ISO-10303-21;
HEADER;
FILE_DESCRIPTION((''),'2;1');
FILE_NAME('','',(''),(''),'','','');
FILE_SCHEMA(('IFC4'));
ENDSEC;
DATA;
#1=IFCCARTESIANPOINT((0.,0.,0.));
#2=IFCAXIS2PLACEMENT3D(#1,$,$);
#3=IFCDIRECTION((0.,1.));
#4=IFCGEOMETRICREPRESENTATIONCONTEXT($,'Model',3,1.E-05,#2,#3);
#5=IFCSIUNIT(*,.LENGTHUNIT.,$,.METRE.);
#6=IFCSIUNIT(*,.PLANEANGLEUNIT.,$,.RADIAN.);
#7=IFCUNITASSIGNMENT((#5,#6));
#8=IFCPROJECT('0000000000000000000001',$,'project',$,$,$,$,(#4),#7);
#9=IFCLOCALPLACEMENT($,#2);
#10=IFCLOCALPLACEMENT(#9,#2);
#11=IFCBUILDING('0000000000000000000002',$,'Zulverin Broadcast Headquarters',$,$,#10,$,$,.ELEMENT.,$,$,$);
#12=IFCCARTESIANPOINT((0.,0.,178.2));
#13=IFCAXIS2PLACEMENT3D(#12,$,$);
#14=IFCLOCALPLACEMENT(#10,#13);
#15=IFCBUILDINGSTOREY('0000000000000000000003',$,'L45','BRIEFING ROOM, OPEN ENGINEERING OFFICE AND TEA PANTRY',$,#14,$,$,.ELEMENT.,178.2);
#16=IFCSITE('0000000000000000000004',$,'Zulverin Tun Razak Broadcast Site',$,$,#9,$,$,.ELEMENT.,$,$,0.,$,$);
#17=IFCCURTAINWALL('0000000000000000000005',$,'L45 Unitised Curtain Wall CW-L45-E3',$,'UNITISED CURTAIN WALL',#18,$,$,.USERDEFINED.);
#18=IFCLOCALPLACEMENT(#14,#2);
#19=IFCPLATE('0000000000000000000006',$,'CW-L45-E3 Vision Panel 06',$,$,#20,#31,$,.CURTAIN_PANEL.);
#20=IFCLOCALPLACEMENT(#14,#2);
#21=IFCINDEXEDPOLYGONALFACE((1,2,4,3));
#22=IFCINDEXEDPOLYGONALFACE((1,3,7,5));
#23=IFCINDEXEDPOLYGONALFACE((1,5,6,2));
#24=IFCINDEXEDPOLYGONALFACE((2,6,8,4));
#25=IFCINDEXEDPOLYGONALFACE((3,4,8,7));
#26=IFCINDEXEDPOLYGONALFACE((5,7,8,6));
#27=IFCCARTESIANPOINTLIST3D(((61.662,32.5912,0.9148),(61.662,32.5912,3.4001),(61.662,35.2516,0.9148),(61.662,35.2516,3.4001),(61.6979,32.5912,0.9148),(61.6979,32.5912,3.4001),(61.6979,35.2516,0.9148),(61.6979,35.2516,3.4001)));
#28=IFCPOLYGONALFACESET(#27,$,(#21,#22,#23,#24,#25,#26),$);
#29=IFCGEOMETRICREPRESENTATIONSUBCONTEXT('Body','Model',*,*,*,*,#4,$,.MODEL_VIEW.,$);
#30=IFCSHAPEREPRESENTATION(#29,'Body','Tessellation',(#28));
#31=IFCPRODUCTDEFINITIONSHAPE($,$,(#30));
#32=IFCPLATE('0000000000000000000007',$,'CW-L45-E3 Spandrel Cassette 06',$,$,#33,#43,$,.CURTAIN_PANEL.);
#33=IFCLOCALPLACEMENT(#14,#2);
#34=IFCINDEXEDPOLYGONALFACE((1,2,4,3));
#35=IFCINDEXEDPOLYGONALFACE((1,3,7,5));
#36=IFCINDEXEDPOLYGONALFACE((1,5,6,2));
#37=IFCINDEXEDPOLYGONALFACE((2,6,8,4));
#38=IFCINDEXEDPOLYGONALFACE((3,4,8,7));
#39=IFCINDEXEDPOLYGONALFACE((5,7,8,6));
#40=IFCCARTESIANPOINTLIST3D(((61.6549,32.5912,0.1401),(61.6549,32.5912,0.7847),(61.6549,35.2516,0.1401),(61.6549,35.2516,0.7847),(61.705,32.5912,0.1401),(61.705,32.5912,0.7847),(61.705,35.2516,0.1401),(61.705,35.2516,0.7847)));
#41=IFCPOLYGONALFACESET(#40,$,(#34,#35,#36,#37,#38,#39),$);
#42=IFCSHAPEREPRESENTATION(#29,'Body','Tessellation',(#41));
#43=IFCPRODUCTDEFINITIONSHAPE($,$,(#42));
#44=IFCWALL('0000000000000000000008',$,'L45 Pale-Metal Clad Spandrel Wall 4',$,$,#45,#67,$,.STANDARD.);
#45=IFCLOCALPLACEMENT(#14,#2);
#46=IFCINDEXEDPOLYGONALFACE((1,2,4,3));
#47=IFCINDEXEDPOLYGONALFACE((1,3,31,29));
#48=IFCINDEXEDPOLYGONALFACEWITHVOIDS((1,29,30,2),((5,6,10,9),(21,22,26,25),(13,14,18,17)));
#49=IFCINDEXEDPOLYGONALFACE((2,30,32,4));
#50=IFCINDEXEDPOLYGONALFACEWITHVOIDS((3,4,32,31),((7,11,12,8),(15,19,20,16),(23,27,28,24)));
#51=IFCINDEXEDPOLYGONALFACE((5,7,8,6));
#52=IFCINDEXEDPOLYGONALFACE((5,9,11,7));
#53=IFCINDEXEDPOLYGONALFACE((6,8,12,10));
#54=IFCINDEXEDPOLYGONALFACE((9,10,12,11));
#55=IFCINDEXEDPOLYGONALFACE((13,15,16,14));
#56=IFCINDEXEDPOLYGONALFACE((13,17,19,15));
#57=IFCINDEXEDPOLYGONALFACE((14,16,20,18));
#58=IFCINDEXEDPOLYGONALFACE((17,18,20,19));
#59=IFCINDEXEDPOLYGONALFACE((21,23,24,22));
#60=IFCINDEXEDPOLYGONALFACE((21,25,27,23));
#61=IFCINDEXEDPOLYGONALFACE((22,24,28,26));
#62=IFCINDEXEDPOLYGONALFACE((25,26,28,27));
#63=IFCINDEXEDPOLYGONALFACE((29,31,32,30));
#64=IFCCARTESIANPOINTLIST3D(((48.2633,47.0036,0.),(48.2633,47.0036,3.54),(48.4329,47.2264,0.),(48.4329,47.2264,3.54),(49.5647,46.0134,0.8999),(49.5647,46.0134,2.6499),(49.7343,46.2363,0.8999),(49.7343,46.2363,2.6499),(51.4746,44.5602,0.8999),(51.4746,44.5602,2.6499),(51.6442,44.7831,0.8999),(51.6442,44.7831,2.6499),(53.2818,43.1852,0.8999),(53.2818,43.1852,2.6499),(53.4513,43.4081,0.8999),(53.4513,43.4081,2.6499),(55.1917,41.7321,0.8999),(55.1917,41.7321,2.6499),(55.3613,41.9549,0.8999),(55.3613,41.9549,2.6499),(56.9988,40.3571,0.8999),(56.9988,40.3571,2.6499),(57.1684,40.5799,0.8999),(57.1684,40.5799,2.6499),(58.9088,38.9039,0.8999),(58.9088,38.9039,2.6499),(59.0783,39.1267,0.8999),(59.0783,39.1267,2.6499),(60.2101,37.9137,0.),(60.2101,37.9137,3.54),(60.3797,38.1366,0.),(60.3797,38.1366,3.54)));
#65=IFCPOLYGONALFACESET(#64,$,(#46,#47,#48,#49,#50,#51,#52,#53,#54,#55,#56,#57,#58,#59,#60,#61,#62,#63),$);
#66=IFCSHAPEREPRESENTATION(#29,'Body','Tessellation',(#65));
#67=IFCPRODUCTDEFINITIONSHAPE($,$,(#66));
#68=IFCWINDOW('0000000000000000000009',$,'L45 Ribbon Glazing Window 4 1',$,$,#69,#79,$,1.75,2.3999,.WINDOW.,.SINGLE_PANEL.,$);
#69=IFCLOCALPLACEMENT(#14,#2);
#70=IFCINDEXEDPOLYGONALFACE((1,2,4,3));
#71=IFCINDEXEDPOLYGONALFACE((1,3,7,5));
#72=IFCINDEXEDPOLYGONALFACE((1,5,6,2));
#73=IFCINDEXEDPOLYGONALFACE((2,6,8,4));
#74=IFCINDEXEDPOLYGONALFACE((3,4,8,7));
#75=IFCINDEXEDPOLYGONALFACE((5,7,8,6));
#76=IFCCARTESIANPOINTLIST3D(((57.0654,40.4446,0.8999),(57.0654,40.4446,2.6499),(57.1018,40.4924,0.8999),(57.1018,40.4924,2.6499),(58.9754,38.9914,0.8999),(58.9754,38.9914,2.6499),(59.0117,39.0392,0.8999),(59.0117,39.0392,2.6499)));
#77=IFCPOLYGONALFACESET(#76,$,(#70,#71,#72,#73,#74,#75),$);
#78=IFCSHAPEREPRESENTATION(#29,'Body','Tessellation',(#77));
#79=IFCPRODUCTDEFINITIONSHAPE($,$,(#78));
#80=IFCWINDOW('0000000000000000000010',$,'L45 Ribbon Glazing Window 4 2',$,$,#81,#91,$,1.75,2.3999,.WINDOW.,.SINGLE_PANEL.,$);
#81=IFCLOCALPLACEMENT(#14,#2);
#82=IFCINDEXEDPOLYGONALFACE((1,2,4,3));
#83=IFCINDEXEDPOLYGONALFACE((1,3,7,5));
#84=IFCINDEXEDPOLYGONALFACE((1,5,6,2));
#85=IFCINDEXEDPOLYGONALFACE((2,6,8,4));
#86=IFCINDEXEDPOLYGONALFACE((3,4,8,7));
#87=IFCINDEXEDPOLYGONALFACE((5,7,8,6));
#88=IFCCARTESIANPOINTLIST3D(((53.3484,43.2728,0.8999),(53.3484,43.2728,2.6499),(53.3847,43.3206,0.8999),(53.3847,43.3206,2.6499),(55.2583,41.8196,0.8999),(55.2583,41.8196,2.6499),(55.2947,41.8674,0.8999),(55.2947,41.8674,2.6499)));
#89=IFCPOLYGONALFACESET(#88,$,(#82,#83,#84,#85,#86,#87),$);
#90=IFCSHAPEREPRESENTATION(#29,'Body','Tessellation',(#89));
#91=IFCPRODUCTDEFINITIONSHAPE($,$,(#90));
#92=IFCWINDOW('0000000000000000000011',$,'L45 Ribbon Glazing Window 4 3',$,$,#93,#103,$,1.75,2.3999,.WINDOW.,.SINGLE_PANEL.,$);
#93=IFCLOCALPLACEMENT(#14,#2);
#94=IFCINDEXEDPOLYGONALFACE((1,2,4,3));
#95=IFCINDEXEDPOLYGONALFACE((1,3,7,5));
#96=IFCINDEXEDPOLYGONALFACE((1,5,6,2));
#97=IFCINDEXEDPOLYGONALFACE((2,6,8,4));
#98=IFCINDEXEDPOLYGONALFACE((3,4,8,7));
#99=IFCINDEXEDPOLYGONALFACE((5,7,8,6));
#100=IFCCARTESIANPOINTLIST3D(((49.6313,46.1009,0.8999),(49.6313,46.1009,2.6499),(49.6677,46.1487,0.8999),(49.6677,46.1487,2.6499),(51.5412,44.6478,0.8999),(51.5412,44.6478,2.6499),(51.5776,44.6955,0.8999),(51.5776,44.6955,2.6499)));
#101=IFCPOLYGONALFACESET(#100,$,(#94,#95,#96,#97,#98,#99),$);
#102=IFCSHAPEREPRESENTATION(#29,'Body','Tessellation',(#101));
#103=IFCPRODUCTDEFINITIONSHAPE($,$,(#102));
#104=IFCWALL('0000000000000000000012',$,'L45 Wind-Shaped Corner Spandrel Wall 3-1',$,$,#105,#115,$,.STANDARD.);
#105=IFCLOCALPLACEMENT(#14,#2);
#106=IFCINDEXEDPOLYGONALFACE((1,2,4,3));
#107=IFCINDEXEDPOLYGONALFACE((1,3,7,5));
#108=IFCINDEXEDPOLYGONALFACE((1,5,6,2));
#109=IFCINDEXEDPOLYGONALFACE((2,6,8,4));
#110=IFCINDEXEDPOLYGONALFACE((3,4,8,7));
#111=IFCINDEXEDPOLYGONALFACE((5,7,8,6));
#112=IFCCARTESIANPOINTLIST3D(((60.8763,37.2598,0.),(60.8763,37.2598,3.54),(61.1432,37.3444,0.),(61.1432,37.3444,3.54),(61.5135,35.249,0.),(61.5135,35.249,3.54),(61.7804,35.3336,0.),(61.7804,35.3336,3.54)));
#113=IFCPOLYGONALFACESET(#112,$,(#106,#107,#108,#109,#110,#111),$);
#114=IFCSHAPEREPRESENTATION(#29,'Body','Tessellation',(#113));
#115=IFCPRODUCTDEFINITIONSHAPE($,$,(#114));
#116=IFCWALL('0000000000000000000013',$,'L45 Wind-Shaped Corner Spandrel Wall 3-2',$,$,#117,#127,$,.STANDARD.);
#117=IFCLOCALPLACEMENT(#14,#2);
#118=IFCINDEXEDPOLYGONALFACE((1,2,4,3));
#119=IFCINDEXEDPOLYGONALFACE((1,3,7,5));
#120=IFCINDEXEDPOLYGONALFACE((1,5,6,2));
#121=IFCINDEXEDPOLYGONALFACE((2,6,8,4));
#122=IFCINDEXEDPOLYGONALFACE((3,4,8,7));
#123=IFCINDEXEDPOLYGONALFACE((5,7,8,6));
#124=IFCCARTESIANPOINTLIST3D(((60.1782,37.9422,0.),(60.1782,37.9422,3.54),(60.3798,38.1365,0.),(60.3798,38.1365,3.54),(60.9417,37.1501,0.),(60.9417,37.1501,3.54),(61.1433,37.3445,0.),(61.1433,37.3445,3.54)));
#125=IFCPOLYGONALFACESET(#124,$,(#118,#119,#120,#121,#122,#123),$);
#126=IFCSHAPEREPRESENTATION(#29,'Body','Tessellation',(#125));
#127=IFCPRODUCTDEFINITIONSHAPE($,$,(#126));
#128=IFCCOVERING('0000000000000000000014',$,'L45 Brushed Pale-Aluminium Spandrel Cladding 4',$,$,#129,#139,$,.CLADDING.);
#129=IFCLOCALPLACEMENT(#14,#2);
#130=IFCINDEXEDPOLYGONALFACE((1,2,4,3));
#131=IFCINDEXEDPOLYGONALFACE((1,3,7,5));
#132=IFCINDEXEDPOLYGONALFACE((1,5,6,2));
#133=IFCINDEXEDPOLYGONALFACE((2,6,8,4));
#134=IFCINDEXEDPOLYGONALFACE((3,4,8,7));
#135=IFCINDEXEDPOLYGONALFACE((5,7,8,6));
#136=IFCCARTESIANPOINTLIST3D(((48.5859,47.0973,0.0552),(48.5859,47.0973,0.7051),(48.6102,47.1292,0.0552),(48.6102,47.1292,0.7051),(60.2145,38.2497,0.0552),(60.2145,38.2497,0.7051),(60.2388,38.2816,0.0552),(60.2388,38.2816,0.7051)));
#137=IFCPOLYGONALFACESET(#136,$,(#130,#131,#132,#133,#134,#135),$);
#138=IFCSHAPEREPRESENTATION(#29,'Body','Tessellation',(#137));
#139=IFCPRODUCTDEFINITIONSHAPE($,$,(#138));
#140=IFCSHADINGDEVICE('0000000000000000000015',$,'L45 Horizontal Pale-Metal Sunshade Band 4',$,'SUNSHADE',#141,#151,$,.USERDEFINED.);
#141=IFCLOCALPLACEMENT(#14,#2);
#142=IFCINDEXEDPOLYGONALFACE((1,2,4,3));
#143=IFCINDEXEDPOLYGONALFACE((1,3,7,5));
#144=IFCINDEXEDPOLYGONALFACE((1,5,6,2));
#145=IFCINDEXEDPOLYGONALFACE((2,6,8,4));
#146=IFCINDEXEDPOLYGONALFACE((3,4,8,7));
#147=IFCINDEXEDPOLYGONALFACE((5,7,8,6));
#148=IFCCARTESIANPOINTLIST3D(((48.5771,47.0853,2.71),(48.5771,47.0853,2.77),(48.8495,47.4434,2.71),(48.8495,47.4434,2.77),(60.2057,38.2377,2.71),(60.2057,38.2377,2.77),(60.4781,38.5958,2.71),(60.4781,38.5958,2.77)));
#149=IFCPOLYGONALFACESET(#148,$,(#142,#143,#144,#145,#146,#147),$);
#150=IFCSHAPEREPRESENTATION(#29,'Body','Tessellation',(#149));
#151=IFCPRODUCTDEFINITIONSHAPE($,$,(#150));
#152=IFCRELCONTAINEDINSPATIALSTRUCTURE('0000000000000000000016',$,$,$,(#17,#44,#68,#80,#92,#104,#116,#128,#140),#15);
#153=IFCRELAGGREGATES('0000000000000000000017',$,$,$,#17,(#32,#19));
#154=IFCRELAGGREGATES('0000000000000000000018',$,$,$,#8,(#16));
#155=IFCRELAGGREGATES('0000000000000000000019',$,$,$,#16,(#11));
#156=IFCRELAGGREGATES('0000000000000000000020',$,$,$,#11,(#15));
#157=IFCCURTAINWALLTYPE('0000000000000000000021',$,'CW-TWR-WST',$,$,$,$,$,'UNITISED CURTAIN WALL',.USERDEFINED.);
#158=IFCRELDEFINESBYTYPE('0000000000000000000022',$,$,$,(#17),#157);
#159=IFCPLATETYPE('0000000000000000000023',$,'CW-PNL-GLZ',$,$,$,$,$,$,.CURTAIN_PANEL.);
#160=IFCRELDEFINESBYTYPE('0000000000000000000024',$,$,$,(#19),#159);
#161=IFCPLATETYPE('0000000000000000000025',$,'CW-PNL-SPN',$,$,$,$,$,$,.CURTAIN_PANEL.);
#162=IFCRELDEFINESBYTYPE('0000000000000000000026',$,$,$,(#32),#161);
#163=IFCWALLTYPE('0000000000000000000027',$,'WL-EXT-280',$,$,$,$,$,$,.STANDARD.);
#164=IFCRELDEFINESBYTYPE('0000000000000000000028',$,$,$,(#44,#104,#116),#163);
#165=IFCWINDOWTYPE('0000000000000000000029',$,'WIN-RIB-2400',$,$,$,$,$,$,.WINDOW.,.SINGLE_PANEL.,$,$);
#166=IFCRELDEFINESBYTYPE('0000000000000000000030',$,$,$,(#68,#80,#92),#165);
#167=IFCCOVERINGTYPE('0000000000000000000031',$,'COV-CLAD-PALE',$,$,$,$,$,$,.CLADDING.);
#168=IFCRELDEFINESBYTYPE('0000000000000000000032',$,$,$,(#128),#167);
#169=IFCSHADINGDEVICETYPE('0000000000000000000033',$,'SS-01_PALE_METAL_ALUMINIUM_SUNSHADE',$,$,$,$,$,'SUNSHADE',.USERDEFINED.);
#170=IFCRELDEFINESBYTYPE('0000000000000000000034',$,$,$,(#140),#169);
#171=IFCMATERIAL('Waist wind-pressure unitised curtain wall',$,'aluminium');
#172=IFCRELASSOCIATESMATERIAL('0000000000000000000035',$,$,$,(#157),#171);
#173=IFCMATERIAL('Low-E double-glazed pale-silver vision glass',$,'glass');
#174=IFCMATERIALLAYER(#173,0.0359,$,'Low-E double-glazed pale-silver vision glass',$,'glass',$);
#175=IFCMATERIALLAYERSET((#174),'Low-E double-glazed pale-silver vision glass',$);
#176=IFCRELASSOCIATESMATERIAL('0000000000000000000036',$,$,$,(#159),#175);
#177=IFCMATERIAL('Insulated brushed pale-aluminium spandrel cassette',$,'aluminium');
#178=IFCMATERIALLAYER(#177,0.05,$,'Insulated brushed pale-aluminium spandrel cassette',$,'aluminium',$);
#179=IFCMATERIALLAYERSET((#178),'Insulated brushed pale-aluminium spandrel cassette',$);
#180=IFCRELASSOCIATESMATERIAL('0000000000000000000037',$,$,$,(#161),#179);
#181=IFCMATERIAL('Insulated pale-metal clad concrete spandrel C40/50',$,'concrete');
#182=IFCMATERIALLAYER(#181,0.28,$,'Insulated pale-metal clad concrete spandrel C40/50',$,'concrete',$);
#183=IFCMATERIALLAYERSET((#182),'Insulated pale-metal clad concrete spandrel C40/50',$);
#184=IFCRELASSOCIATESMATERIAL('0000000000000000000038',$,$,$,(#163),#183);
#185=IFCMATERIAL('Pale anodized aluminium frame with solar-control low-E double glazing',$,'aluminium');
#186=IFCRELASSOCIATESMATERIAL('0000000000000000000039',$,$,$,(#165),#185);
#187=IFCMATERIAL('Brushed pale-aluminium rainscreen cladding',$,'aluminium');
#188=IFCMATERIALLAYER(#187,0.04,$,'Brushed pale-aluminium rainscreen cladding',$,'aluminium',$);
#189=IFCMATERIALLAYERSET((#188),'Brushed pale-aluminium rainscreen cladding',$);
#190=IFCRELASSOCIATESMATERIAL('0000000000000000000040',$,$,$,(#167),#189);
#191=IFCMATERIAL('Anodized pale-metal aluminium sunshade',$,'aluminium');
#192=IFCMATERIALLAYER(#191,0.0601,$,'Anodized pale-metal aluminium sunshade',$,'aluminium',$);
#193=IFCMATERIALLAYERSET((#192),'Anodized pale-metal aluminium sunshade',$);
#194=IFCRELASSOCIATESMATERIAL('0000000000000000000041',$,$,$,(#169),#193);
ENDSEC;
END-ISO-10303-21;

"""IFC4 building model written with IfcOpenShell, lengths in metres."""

from ifc_helpers import new_model, si_unit, direction, frame, frame_2d, origin, origin_2d, place, context, subcontext, project, spatial, rectangle, extrude, material, layer, layer_set, type_object, element, fill, aggregate, save


model = new_model("IFC4")

# Units and contexts
model_context = context("Model", 3, precision=1e-05, world=origin(), true_north=direction((0.0, 1.0)))
body_context = subcontext(model_context, "Body", "Model", "MODEL_VIEW")
ifc_project = project(units=[si_unit("LENGTHUNIT", "METRE"), si_unit("PLANEANGLEUNIT", "RADIAN")], contexts=[model_context])

# Site, building, storey
site_placement = place(None, origin())
site = spatial("IfcSite", under=ifc_project, at=site_placement, Name="Zulverin Tun Razak Broadcast Site", CompositionType="ELEMENT", RefElevation=0.0)
building_placement = place(site_placement, origin())
building = spatial("IfcBuilding", under=site, at=building_placement, Name="Zulverin Broadcast Headquarters", CompositionType="ELEMENT")
storey_placement = place(building_placement, frame((0.0, 0.0, 178.2)))
storey = spatial("IfcBuildingStorey", under=building, at=storey_placement, Name="L45", Description="BRIEFING ROOM, OPEN ENGINEERING OFFICE AND TEA PANTRY", CompositionType="ELEMENT", Elevation=178.2)

# Curtain wall, plates
ifc_material_1 = material(Name="Waist wind-pressure unitised curtain wall", Category="aluminium")
curtain_wall_type = type_object("IfcCurtainWallType", Name="CW-TWR-WST", ElementType="UNITISED CURTAIN WALL", PredefinedType="USERDEFINED", material=ifc_material_1)
curtain_wall_placement = place(storey_placement, origin())
curtain_wall = element("IfcCurtainWall", 1, at=curtain_wall_placement, inside=storey, type_object=curtain_wall_type, Name="L45 Unitised Curtain Wall CW-L45-E3", ObjectType="UNITISED CURTAIN WALL", PredefinedType="USERDEFINED")
ifc_material_2 = material(Name="Low-E double-glazed pale-silver vision glass", Category="glass")
ifc_layer_1 = layer(ifc_material_2, 0.0359, Name="Low-E double-glazed pale-silver vision glass", Category="glass")
ifc_layer_set_1 = layer_set([ifc_layer_1], Name="Low-E double-glazed pale-silver vision glass")
plate_type_1 = type_object("IfcPlateType", Name="CW-PNL-GLZ", PredefinedType="CURTAIN_PANEL", material=ifc_layer_set_1)
plate_1_placement = place(storey_placement, frame((61.6799, 33.9214, 0.9148), z_axis=(0.0, 0.0, 1.0), x_axis=(0.0, 1.0, 0.0)))
plate_1 = element("IfcPlate", 2, at=plate_1_placement, type_object=plate_type_1, Name="CW-L45-E3 Vision Panel 06", PredefinedType="CURTAIN_PANEL", context=body_context, shape_type="SweptSolid", body=[
    extrude(rectangle(XDim=2.6604, YDim=0.0359, at=origin_2d()), origin(), (0.0, 0.0, 1.0), 2.4854),
])
ifc_material_3 = material(Name="Insulated brushed pale-aluminium spandrel cassette", Category="aluminium")
ifc_layer_2 = layer(ifc_material_3, 0.05, Name="Insulated brushed pale-aluminium spandrel cassette", Category="aluminium")
ifc_layer_set_2 = layer_set([ifc_layer_2], Name="Insulated brushed pale-aluminium spandrel cassette")
plate_type_2 = type_object("IfcPlateType", Name="CW-PNL-SPN", PredefinedType="CURTAIN_PANEL", material=ifc_layer_set_2)
plate_2_placement = place(storey_placement, frame((61.6799, 33.9214, 0.1401), z_axis=(0.0, 0.0, 1.0), x_axis=(0.0, 1.0, 0.0)))
plate_2 = element("IfcPlate", 3, at=plate_2_placement, type_object=plate_type_2, Name="CW-L45-E3 Spandrel Cassette 06", PredefinedType="CURTAIN_PANEL", context=body_context, shape_type="SweptSolid", body=[
    extrude(rectangle(XDim=2.6604, YDim=0.05, at=origin_2d()), origin(), (0.0, 0.0, 1.0), 0.6445),
])
aggregate(curtain_wall, [plate_2, plate_1])

# Wall, openings, windows
ifc_material_4 = material(Name="Insulated pale-metal clad concrete spandrel C40/50", Category="concrete")
ifc_layer_3 = layer(ifc_material_4, 0.28, Name="Insulated pale-metal clad concrete spandrel C40/50", Category="concrete")
ifc_layer_set_3 = layer_set([ifc_layer_3], Name="Insulated pale-metal clad concrete spandrel C40/50")
wall_type = type_object("IfcWallType", Name="WL-EXT-280", PredefinedType="STANDARD", material=ifc_layer_set_3)
wall_1_placement = place(storey_placement, frame((60.2949, 38.0251, 0.0), z_axis=(0.0, 0.0, 1.0), x_axis=(-0.795832, 0.605518, 0.0)))
wall_1 = element("IfcWall", 4, at=wall_1_placement, inside=storey, type_object=wall_type, Name="L45 Pale-Metal Clad Spandrel Wall 4", PredefinedType="STANDARD", context=body_context, shape_type="SweptSolid", body=[
    extrude(rectangle(XDim=15.0117, YDim=0.28, at=frame_2d((7.5059, 0.0))), origin(), (0.0, 0.0, 1.0), 3.54),
])
opening_1_placement = place(wall_1_placement, frame((1.6353, 0.0, 0.8999)))
opening_1 = element("IfcOpeningElement", 5, at=opening_1_placement, cuts=wall_1, PredefinedType="OPENING", context=body_context, shape_type="SweptSolid", body=[
    extrude(rectangle(XDim=2.3999, YDim=1.75, at=frame_2d((1.2, 0.875))), frame((0.0, 0.1499, 0.0), z_axis=(0.0, -1.0, 0.0), x_axis=(1.0, 0.0, 0.0)), (0.0, 0.0, 1.0), 0.3),
])
opening_2_placement = place(wall_1_placement, frame((6.3059, 0.0, 0.8999)))
opening_2 = element("IfcOpeningElement", 6, at=opening_2_placement, cuts=wall_1, PredefinedType="OPENING", context=body_context, shape_type="SweptSolid", body=[
    extrude(rectangle(XDim=2.3999, YDim=1.75, at=frame_2d((1.2, 0.875))), frame((0.0, 0.1499, 0.0), z_axis=(0.0, -1.0, 0.0), x_axis=(1.0, 0.0, 0.0)), (0.0, 0.0, 1.0), 0.3),
])
opening_3_placement = place(wall_1_placement, frame((10.9766, 0.0, 0.8999)))
opening_3 = element("IfcOpeningElement", 7, at=opening_3_placement, cuts=wall_1, PredefinedType="OPENING", context=body_context, shape_type="SweptSolid", body=[
    extrude(rectangle(XDim=2.3999, YDim=1.75, at=frame_2d((1.2, 0.875))), frame((0.0, 0.1499, 0.0), z_axis=(0.0, -1.0, 0.0), x_axis=(1.0, 0.0, 0.0)), (0.0, 0.0, 1.0), 0.3),
])
ifc_material_5 = material(Name="Pale anodized aluminium frame with solar-control low-E double glazing", Category="aluminium")
window_type = type_object("IfcWindowType", Name="WIN-RIB-2400", PartitioningType="SINGLE_PANEL", PredefinedType="WINDOW", material=ifc_material_5)
window_1_placement = place(opening_1_placement, origin())
window_1 = element("IfcWindow", 8, at=window_1_placement, inside=storey, type_object=window_type, Name="L45 Ribbon Glazing Window 4 1", OverallHeight=1.75, OverallWidth=2.3999, PartitioningType="SINGLE_PANEL", PredefinedType="WINDOW", context=body_context, shape_type="SweptSolid", body=[
    extrude(rectangle(XDim=2.3999, YDim=1.75, at=frame_2d((1.2, 0.875))), frame((0.0, 0.03, 0.0), z_axis=(0.0, -1.0, 0.0), x_axis=(1.0, 0.0, 0.0)), (0.0, 0.0, 1.0), 0.0601),
])
fill(opening_1, window_1)
window_2_placement = place(opening_2_placement, origin())
window_2 = element("IfcWindow", 9, at=window_2_placement, inside=storey, type_object=window_type, Name="L45 Ribbon Glazing Window 4 2", OverallHeight=1.75, OverallWidth=2.3999, PartitioningType="SINGLE_PANEL", PredefinedType="WINDOW", context=body_context, shape_type="SweptSolid", body=[
    extrude(rectangle(XDim=2.3999, YDim=1.75, at=frame_2d((1.2, 0.875))), frame((0.0, 0.03, 0.0), z_axis=(0.0, -1.0, 0.0), x_axis=(1.0, 0.0, 0.0)), (0.0, 0.0, 1.0), 0.0601),
])
fill(opening_2, window_2)
window_3_placement = place(opening_3_placement, origin())
window_3 = element("IfcWindow", 10, at=window_3_placement, inside=storey, type_object=window_type, Name="L45 Ribbon Glazing Window 4 3", OverallHeight=1.75, OverallWidth=2.3999, PartitioningType="SINGLE_PANEL", PredefinedType="WINDOW", context=body_context, shape_type="SweptSolid", body=[
    extrude(rectangle(XDim=2.3999, YDim=1.75, at=frame_2d((1.2, 0.875))), frame((0.0, 0.03, 0.0), z_axis=(0.0, -1.0, 0.0), x_axis=(1.0, 0.0, 0.0)), (0.0, 0.0, 1.0), 0.0601),
])
fill(opening_3, window_3)

# Walls
wall_2_placement = place(storey_placement, frame((61.647, 35.2913, 0.0), z_axis=(0.0, 0.0, 1.0), x_axis=(-0.302095, 0.953278, 0.0)))
element("IfcWall", 11, at=wall_2_placement, inside=storey, type_object=wall_type, Name="L45 Wind-Shaped Corner Spandrel Wall 3-1", PredefinedType="STANDARD", context=body_context, shape_type="SweptSolid", body=[
    extrude(rectangle(XDim=2.1094, YDim=0.28, at=frame_2d((1.0547, 0.0))), origin(), (0.0, 0.0, 1.0), 3.54),
])
wall_3_placement = place(storey_placement, frame((61.0425, 37.2473, 0.0), z_axis=(0.0, 0.0, 1.0), x_axis=(-0.694004, 0.719971, 0.0)))
element("IfcWall", 12, at=wall_3_placement, inside=storey, type_object=wall_type, Name="L45 Wind-Shaped Corner Spandrel Wall 3-2", PredefinedType="STANDARD", context=body_context, shape_type="SweptSolid", body=[
    extrude(rectangle(XDim=1.1001, YDim=0.28, at=frame_2d((0.55, 0.0))), origin(), (0.0, 0.0, 1.0), 3.54),
])

# Covering
ifc_material_6 = material(Name="Brushed pale-aluminium rainscreen cladding", Category="aluminium")
ifc_layer_4 = layer(ifc_material_6, 0.04, Name="Brushed pale-aluminium rainscreen cladding", Category="aluminium")
ifc_layer_set_4 = layer_set([ifc_layer_4], Name="Brushed pale-aluminium rainscreen cladding")
covering_type = type_object("IfcCoveringType", Name="COV-CLAD-PALE", PredefinedType="CLADDING", material=ifc_layer_set_4)
covering_placement = place(storey_placement, frame((54.4124, 42.6895, 0.0552), z_axis=(0.0, 0.0, 1.0), x_axis=(-0.795836, 0.605512, 0.0)))
element("IfcCovering", 13, at=covering_placement, inside=storey, type_object=covering_type, Name="L45 Brushed Pale-Aluminium Spandrel Cladding 4", PredefinedType="CLADDING", context=body_context, shape_type="SweptSolid", body=[
    extrude(rectangle(XDim=14.6118, YDim=0.04, at=origin_2d()), origin(), (0.0, 0.0, 1.0), 0.6499),
])

# Shading device
ifc_material_7 = material(Name="Anodized pale-metal aluminium sunshade", Category="aluminium")
ifc_layer_5 = layer(ifc_material_7, 0.0601, Name="Anodized pale-metal aluminium sunshade", Category="aluminium")
ifc_layer_set_5 = layer_set([ifc_layer_5], Name="Anodized pale-metal aluminium sunshade")
shading_device_type = type_object("IfcShadingDeviceType", Name="SS-01_PALE_METAL_ALUMINIUM_SUNSHADE", ElementType="SUNSHADE", PredefinedType="USERDEFINED", material=ifc_layer_set_5)
shading_device_placement = place(storey_placement, frame((54.5276, 42.8406, 2.71), z_axis=(0.0, 0.0, 1.0), x_axis=(-0.795836, 0.605512, 0.0)))
element("IfcShadingDevice", 14, at=shading_device_placement, inside=storey, type_object=shading_device_type, Name="L45 Horizontal Pale-Metal Sunshade Band 4", ObjectType="SUNSHADE", PredefinedType="USERDEFINED", context=body_context, shape_type="SweptSolid", body=[
    extrude(rectangle(XDim=14.6118, YDim=0.45, at=origin_2d()), origin(), (0.0, 0.0, 1.0), 0.0601),
])

save(model, "model.ifc")
